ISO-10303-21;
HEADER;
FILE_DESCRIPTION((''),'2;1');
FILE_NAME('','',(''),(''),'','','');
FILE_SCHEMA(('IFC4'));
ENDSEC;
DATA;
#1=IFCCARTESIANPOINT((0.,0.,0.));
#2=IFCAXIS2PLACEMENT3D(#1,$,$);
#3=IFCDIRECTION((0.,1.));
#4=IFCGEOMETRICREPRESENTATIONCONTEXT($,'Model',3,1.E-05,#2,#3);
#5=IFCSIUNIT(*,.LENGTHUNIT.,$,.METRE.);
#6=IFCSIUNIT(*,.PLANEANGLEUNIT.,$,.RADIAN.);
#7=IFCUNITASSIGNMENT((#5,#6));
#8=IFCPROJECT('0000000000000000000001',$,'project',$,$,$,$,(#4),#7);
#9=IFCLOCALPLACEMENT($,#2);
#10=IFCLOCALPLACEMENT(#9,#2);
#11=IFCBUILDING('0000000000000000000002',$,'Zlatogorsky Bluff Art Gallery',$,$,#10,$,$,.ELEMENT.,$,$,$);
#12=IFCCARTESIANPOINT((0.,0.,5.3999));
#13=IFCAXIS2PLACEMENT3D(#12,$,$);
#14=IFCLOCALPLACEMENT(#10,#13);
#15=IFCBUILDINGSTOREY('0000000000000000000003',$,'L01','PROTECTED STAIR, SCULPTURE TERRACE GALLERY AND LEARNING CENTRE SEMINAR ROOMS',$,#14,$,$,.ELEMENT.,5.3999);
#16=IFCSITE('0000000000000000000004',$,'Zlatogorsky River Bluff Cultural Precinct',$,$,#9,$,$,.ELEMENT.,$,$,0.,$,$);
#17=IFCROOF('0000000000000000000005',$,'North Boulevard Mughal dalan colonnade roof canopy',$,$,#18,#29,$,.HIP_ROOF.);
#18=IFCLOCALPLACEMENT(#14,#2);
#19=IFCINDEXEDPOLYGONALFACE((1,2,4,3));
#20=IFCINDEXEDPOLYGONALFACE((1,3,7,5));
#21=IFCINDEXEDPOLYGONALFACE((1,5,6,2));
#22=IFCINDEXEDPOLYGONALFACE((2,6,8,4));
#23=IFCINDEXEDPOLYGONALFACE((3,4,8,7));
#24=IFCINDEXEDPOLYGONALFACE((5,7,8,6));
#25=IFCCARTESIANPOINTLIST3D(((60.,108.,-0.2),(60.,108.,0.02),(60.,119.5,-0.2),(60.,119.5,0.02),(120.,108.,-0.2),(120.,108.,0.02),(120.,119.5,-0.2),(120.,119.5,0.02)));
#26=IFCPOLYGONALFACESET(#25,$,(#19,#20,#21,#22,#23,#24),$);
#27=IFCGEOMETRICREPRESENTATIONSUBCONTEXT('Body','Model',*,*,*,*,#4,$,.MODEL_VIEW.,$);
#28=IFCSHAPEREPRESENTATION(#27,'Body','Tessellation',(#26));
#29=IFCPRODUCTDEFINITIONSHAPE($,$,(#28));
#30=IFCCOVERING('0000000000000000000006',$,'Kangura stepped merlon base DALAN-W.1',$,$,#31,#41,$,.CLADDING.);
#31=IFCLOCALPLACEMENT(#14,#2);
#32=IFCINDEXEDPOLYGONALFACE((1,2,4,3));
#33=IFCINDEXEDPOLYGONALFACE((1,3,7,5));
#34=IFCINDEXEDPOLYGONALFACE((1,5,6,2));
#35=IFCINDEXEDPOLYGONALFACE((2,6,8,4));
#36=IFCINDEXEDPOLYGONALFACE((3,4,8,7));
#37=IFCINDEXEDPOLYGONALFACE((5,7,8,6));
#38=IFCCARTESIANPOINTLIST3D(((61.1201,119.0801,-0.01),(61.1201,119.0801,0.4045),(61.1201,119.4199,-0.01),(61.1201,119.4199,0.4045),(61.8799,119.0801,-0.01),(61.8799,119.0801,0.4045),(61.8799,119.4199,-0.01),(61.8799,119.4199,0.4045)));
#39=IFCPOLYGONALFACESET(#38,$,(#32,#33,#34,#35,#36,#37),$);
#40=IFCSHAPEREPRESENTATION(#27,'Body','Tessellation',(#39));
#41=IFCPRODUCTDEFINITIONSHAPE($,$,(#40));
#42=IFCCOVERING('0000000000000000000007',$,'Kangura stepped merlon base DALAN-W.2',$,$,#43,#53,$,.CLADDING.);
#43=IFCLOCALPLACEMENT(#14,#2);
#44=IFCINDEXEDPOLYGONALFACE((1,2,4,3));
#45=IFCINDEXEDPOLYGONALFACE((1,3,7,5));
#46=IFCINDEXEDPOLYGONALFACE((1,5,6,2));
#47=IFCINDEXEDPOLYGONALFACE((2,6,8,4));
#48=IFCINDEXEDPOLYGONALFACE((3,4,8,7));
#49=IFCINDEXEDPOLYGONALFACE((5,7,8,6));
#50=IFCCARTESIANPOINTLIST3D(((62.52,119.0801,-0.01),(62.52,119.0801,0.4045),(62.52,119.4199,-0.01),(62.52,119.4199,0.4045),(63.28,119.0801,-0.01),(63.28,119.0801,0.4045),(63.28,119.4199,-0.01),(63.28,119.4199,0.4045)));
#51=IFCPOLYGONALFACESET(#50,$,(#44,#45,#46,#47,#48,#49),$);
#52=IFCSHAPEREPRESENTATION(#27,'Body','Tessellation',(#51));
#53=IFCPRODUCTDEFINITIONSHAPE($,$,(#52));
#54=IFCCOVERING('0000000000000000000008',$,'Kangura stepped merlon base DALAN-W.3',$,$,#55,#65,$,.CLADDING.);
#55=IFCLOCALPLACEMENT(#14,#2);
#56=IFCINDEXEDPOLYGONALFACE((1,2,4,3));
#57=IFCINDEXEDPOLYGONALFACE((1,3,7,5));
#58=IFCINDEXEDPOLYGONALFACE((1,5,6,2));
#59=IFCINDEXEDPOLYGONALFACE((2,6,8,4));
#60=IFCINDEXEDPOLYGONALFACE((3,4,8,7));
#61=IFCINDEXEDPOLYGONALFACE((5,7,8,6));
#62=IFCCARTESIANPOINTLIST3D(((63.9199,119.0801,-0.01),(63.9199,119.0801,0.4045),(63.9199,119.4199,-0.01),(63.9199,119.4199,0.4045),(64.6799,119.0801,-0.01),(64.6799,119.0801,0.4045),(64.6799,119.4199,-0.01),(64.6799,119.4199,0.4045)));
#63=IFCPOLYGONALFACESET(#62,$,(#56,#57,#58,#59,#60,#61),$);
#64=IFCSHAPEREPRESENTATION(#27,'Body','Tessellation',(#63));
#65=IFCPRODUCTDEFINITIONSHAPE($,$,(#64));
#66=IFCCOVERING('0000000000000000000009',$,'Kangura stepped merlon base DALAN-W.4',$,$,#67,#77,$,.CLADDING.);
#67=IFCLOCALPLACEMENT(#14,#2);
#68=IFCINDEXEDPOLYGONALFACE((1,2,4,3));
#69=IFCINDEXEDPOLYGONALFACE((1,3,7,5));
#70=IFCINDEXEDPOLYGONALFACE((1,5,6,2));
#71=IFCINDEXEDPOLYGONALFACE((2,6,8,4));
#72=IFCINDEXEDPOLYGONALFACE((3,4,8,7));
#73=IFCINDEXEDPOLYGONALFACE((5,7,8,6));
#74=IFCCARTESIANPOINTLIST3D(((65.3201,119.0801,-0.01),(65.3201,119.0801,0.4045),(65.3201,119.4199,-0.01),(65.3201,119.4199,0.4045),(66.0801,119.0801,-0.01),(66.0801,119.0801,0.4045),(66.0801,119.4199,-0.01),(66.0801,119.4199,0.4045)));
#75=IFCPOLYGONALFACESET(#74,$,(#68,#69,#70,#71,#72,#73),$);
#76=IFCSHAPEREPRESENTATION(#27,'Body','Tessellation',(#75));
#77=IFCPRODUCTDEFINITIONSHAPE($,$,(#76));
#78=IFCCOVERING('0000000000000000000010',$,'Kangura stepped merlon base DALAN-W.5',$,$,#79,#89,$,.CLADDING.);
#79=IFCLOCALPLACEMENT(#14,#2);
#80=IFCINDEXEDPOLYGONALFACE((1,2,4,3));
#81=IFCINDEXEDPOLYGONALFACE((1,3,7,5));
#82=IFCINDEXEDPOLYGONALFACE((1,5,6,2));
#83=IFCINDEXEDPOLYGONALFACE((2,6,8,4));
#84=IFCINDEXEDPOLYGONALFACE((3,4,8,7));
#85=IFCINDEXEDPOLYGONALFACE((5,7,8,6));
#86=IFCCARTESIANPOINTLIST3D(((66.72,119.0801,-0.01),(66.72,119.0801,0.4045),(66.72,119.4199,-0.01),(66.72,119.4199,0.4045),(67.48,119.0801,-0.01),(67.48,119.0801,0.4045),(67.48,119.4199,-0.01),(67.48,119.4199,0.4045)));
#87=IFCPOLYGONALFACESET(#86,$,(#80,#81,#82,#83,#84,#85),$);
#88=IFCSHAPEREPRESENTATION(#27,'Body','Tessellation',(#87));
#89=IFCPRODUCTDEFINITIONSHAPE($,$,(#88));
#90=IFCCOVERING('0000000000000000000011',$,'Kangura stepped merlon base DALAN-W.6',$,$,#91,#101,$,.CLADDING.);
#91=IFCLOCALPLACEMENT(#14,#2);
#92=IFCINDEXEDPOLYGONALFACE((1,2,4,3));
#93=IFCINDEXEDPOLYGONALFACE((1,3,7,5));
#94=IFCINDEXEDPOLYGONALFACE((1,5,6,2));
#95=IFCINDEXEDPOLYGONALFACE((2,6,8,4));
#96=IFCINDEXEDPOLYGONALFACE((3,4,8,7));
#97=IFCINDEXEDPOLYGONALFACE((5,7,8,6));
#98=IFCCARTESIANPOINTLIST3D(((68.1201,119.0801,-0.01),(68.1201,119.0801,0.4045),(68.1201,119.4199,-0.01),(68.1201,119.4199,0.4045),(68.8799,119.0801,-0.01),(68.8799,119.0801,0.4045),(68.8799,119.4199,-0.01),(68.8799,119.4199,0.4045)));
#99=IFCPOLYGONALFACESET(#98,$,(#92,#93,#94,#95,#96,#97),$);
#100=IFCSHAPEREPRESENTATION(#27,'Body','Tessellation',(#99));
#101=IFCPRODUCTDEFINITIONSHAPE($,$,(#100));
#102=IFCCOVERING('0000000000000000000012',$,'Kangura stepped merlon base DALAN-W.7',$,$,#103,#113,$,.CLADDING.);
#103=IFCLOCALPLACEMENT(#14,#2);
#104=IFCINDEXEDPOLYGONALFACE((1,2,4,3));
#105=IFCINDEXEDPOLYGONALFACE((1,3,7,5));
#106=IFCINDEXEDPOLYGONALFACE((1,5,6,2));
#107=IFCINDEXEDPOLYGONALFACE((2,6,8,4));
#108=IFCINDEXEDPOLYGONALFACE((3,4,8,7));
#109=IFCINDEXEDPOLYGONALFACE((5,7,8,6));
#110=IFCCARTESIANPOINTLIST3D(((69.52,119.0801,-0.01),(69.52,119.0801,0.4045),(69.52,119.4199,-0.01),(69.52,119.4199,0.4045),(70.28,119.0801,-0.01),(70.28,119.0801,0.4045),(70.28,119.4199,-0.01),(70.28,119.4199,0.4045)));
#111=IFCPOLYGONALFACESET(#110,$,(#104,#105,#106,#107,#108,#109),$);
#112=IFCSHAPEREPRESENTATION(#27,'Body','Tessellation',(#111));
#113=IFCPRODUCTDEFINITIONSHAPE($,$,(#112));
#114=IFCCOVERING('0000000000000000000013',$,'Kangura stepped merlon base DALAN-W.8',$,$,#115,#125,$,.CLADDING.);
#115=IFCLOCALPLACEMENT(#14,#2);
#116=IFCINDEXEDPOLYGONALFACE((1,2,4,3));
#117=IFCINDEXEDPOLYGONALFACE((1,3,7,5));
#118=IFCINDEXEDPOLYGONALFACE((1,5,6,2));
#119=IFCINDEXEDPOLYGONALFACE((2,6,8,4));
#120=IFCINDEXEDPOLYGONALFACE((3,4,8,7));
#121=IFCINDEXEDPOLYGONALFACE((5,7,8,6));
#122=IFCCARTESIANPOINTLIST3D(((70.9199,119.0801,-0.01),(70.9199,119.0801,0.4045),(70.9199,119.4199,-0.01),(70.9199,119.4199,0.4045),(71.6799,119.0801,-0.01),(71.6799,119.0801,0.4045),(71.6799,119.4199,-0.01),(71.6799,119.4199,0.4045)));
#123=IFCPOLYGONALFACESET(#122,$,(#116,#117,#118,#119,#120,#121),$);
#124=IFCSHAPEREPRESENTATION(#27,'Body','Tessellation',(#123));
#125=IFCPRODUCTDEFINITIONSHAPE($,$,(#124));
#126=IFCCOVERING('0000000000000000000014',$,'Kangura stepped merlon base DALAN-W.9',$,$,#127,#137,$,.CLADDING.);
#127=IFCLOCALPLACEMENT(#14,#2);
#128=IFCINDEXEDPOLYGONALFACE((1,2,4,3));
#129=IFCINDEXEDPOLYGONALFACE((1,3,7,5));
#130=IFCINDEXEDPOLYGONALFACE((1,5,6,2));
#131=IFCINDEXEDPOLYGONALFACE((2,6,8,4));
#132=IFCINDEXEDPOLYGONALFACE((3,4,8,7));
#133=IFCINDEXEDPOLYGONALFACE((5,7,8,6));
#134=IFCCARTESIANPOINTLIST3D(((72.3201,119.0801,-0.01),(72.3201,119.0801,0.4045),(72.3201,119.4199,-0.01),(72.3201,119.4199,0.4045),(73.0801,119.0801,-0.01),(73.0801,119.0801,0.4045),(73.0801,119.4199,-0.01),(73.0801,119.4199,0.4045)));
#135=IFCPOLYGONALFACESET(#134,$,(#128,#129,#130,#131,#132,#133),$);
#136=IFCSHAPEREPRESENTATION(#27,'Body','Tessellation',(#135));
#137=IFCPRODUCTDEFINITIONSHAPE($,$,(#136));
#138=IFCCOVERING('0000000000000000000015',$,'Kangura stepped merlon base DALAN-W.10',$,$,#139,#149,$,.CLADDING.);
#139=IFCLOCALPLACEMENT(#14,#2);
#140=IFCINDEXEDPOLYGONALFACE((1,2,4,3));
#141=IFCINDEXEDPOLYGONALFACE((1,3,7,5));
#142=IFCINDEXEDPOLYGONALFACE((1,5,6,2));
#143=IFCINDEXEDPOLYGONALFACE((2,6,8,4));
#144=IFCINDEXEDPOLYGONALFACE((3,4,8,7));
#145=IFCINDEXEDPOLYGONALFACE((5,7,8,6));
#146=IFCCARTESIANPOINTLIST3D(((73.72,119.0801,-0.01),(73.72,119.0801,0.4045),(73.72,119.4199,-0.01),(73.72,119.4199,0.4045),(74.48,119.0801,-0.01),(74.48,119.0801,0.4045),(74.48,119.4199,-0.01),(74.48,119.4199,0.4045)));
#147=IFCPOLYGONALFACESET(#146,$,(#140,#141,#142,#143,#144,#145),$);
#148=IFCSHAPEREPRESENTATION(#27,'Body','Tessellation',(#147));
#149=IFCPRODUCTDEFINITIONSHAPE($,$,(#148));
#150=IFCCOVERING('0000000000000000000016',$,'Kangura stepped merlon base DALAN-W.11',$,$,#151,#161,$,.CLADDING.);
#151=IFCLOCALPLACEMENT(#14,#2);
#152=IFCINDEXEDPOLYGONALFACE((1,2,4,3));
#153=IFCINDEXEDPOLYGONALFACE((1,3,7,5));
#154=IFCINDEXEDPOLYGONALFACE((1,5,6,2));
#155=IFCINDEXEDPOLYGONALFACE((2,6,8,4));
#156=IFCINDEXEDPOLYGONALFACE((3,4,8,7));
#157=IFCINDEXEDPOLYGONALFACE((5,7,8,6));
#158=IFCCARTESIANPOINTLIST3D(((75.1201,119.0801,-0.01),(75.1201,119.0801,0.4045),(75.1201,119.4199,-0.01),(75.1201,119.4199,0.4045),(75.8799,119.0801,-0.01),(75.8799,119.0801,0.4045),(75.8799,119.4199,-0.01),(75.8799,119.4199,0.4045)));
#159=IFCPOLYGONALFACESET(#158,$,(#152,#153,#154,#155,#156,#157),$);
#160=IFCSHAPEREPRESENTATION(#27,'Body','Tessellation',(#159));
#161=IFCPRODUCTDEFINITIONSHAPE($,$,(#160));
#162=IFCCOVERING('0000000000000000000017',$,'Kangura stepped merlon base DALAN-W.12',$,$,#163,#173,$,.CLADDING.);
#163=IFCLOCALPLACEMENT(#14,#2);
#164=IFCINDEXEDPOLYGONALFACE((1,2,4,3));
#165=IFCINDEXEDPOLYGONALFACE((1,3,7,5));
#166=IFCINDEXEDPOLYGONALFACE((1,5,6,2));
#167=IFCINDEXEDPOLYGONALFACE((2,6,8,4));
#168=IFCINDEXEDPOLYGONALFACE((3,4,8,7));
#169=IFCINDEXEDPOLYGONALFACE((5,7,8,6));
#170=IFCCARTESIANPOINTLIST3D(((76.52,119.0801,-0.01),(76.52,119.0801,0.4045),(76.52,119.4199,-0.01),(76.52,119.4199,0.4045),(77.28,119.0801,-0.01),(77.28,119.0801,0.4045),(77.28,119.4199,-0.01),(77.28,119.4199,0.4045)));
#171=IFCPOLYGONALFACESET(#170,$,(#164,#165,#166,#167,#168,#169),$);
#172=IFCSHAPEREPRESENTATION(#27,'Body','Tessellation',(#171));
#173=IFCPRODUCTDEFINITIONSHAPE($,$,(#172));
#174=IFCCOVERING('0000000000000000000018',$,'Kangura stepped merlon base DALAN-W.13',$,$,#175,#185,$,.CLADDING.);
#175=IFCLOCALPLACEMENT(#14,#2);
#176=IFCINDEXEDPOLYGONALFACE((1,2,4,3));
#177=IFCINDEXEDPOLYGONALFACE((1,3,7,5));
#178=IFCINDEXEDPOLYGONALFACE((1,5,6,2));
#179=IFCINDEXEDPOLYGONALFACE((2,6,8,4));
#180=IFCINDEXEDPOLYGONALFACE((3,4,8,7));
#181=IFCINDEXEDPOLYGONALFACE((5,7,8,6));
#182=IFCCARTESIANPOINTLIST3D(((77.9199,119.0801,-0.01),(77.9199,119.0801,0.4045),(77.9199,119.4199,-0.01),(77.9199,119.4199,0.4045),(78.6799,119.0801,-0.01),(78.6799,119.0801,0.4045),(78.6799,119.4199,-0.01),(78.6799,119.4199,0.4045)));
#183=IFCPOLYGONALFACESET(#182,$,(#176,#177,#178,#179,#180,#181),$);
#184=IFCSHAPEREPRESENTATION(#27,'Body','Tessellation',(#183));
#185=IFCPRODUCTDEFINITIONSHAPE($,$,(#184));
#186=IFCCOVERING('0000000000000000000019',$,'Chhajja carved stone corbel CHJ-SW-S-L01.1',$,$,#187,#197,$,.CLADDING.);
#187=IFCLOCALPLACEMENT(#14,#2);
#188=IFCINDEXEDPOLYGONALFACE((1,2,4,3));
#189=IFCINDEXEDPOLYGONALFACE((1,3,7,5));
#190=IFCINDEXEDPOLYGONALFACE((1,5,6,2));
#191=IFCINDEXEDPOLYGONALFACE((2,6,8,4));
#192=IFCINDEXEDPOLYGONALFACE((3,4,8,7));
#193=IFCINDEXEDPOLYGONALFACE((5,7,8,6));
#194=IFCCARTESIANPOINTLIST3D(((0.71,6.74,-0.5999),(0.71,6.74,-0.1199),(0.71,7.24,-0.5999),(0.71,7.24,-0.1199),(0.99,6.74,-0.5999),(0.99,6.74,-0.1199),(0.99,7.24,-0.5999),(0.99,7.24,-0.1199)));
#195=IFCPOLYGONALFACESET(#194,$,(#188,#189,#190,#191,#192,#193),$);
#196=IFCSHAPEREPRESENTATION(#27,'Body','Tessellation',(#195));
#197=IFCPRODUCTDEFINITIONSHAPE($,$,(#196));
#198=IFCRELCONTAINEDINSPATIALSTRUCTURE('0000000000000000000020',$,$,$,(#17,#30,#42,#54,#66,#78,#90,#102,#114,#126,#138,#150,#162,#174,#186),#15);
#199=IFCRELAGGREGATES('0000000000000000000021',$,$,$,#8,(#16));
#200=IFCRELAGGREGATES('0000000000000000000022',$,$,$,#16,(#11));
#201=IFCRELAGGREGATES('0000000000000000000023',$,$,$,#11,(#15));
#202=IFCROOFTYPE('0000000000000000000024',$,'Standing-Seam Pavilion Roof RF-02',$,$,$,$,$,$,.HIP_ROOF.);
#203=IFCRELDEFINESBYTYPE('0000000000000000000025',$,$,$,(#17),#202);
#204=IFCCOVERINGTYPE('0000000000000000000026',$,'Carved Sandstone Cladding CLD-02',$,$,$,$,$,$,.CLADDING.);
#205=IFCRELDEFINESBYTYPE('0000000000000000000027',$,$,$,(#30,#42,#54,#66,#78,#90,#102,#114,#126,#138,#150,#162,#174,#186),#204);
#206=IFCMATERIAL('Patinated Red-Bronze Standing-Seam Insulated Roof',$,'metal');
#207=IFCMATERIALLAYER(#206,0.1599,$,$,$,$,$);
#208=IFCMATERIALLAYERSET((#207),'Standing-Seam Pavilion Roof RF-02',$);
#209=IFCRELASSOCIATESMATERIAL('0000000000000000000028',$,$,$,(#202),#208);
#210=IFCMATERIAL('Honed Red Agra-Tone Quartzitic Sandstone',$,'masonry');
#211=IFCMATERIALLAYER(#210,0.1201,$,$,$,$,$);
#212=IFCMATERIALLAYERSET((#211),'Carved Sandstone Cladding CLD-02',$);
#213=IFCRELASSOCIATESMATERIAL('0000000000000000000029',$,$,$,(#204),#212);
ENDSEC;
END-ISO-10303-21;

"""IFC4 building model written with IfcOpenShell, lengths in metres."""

from ifc_helpers import new_model, si_unit, direction, frame, origin, place, context, subcontext, project, spatial, polyline, outline, extrude, material, layer, layer_set, type_object, element, save


model = new_model("IFC4")

# Units and contexts
model_context = context("Model", 3, precision=1e-05, world=origin(), true_north=direction((0.0, 1.0)))
body_context = subcontext(model_context, "Body", "Model", "MODEL_VIEW")
ifc_project = project(units=[si_unit("LENGTHUNIT", "METRE"), si_unit("PLANEANGLEUNIT", "RADIAN")], contexts=[model_context])

# Site, building, storey
site_placement = place(None, origin())
site = spatial("IfcSite", under=ifc_project, at=site_placement, Name="Zlatogorsky River Bluff Cultural Precinct", CompositionType="ELEMENT", RefElevation=0.0)
building_placement = place(site_placement, origin())
building = spatial("IfcBuilding", under=site, at=building_placement, Name="Zlatogorsky Bluff Art Gallery", CompositionType="ELEMENT")
storey_placement = place(building_placement, frame((0.0, 0.0, 5.3999)))
storey = spatial("IfcBuildingStorey", under=building, at=storey_placement, Name="L01", Description="PROTECTED STAIR, SCULPTURE TERRACE GALLERY AND LEARNING CENTRE SEMINAR ROOMS", CompositionType="ELEMENT", Elevation=5.3999)

# Roof
ifc_material_1 = material(Name="Patinated Red-Bronze Standing-Seam Insulated Roof", Category="metal")
ifc_layer_1 = layer(ifc_material_1, 0.1599)
ifc_layer_set_1 = layer_set([ifc_layer_1], Name="Standing-Seam Pavilion Roof RF-02")
roof_type = type_object("IfcRoofType", Name="Standing-Seam Pavilion Roof RF-02", PredefinedType="HIP_ROOF", material=ifc_layer_set_1)
roof_placement = place(storey_placement, frame((0.0, 0.0, -0.2)))
element("IfcRoof", 1, at=roof_placement, inside=storey, type_object=roof_type, Name="North Boulevard Mughal dalan colonnade roof canopy", PredefinedType="HIP_ROOF", context=body_context, shape_type="SweptSolid", body=[
    extrude(outline(polyline([(60.0, 108.0), (120.0, 108.0), (120.0, 119.5), (60.0, 119.5), (60.0, 108.0)])), origin(), (0.0, 0.0, 1.0), 0.22),
])

# Coverings
ifc_material_2 = material(Name="Honed Red Agra-Tone Quartzitic Sandstone", Category="masonry")
ifc_layer_2 = layer(ifc_material_2, 0.1201)
ifc_layer_set_2 = layer_set([ifc_layer_2], Name="Carved Sandstone Cladding CLD-02")
covering_type = type_object("IfcCoveringType", Name="Carved Sandstone Cladding CLD-02", PredefinedType="CLADDING", material=ifc_layer_set_2)
covering_1_placement = place(storey_placement, frame((0.0, 0.0, -0.01)))
element("IfcCovering", 2, at=covering_1_placement, inside=storey, type_object=covering_type, Name="Kangura stepped merlon base DALAN-W.1", PredefinedType="CLADDING", context=body_context, shape_type="SweptSolid", body=[
    extrude(outline(polyline([(61.1201, 119.0801), (61.8799, 119.0801), (61.8799, 119.4199), (61.1201, 119.4199), (61.1201, 119.0801)])), origin(), (0.0, 0.0, 1.0), 0.4146),
])
covering_2_placement = place(storey_placement, frame((0.0, 0.0, -0.01)))
element("IfcCovering", 3, at=covering_2_placement, inside=storey, type_object=covering_type, Name="Kangura stepped merlon base DALAN-W.2", PredefinedType="CLADDING", context=body_context, shape_type="SweptSolid", body=[
    extrude(outline(polyline([(62.52, 119.0801), (63.28, 119.0801), (63.28, 119.4199), (62.52, 119.4199), (62.52, 119.0801)])), origin(), (0.0, 0.0, 1.0), 0.4146),
])
covering_3_placement = place(storey_placement, frame((0.0, 0.0, -0.01)))
element("IfcCovering", 4, at=covering_3_placement, inside=storey, type_object=covering_type, Name="Kangura stepped merlon base DALAN-W.3", PredefinedType="CLADDING", context=body_context, shape_type="SweptSolid", body=[
    extrude(outline(polyline([(63.9199, 119.0801), (64.6799, 119.0801), (64.6799, 119.4199), (63.9199, 119.4199), (63.9199, 119.0801)])), origin(), (0.0, 0.0, 1.0), 0.4146),
])
covering_4_placement = place(storey_placement, frame((0.0, 0.0, -0.01)))
element("IfcCovering", 5, at=covering_4_placement, inside=storey, type_object=covering_type, Name="Kangura stepped merlon base DALAN-W.4", PredefinedType="CLADDING", context=body_context, shape_type="SweptSolid", body=[
    extrude(outline(polyline([(65.3201, 119.0801), (66.0801, 119.0801), (66.0801, 119.4199), (65.3201, 119.4199), (65.3201, 119.0801)])), origin(), (0.0, 0.0, 1.0), 0.4146),
])
covering_5_placement = place(storey_placement, frame((0.0, 0.0, -0.01)))
element("IfcCovering", 6, at=covering_5_placement, inside=storey, type_object=covering_type, Name="Kangura stepped merlon base DALAN-W.5", PredefinedType="CLADDING", context=body_context, shape_type="SweptSolid", body=[
    extrude(outline(polyline([(66.72, 119.0801), (67.48, 119.0801), (67.48, 119.4199), (66.72, 119.4199), (66.72, 119.0801)])), origin(), (0.0, 0.0, 1.0), 0.4146),
])
covering_6_placement = place(storey_placement, frame((0.0, 0.0, -0.01)))
element("IfcCovering", 7, at=covering_6_placement, inside=storey, type_object=covering_type, Name="Kangura stepped merlon base DALAN-W.6", PredefinedType="CLADDING", context=body_context, shape_type="SweptSolid", body=[
    extrude(outline(polyline([(68.1201, 119.0801), (68.8799, 119.0801), (68.8799, 119.4199), (68.1201, 119.4199), (68.1201, 119.0801)])), origin(), (0.0, 0.0, 1.0), 0.4146),
])
covering_7_placement = place(storey_placement, frame((0.0, 0.0, -0.01)))
element("IfcCovering", 8, at=covering_7_placement, inside=storey, type_object=covering_type, Name="Kangura stepped merlon base DALAN-W.7", PredefinedType="CLADDING", context=body_context, shape_type="SweptSolid", body=[
    extrude(outline(polyline([(69.52, 119.0801), (70.28, 119.0801), (70.28, 119.4199), (69.52, 119.4199), (69.52, 119.0801)])), origin(), (0.0, 0.0, 1.0), 0.4146),
])
covering_8_placement = place(storey_placement, frame((0.0, 0.0, -0.01)))
element("IfcCovering", 9, at=covering_8_placement, inside=storey, type_object=covering_type, Name="Kangura stepped merlon base DALAN-W.8", PredefinedType="CLADDING", context=body_context, shape_type="SweptSolid", body=[
    extrude(outline(polyline([(70.9199, 119.0801), (71.6799, 119.0801), (71.6799, 119.4199), (70.9199, 119.4199), (70.9199, 119.0801)])), origin(), (0.0, 0.0, 1.0), 0.4146),
])
covering_9_placement = place(storey_placement, frame((0.0, 0.0, -0.01)))
element("IfcCovering", 10, at=covering_9_placement, inside=storey, type_object=covering_type, Name="Kangura stepped merlon base DALAN-W.9", PredefinedType="CLADDING", context=body_context, shape_type="SweptSolid", body=[
    extrude(outline(polyline([(72.3201, 119.0801), (73.0801, 119.0801), (73.0801, 119.4199), (72.3201, 119.4199), (72.3201, 119.0801)])), origin(), (0.0, 0.0, 1.0), 0.4146),
])
covering_10_placement = place(storey_placement, frame((0.0, 0.0, -0.01)))
element("IfcCovering", 11, at=covering_10_placement, inside=storey, type_object=covering_type, Name="Kangura stepped merlon base DALAN-W.10", PredefinedType="CLADDING", context=body_context, shape_type="SweptSolid", body=[
    extrude(outline(polyline([(73.72, 119.0801), (74.48, 119.0801), (74.48, 119.4199), (73.72, 119.4199), (73.72, 119.0801)])), origin(), (0.0, 0.0, 1.0), 0.4146),
])
covering_11_placement = place(storey_placement, frame((0.0, 0.0, -0.01)))
element("IfcCovering", 12, at=covering_11_placement, inside=storey, type_object=covering_type, Name="Kangura stepped merlon base DALAN-W.11", PredefinedType="CLADDING", context=body_context, shape_type="SweptSolid", body=[
    extrude(outline(polyline([(75.1201, 119.0801), (75.8799, 119.0801), (75.8799, 119.4199), (75.1201, 119.4199), (75.1201, 119.0801)])), origin(), (0.0, 0.0, 1.0), 0.4146),
])
covering_12_placement = place(storey_placement, frame((0.0, 0.0, -0.01)))
element("IfcCovering", 13, at=covering_12_placement, inside=storey, type_object=covering_type, Name="Kangura stepped merlon base DALAN-W.12", PredefinedType="CLADDING", context=body_context, shape_type="SweptSolid", body=[
    extrude(outline(polyline([(76.52, 119.0801), (77.28, 119.0801), (77.28, 119.4199), (76.52, 119.4199), (76.52, 119.0801)])), origin(), (0.0, 0.0, 1.0), 0.4146),
])
covering_13_placement = place(storey_placement, frame((0.0, 0.0, -0.01)))
element("IfcCovering", 14, at=covering_13_placement, inside=storey, type_object=covering_type, Name="Kangura stepped merlon base DALAN-W.13", PredefinedType="CLADDING", context=body_context, shape_type="SweptSolid", body=[
    extrude(outline(polyline([(77.9199, 119.0801), (78.6799, 119.0801), (78.6799, 119.4199), (77.9199, 119.4199), (77.9199, 119.0801)])), origin(), (0.0, 0.0, 1.0), 0.4146),
])
covering_14_placement = place(storey_placement, frame((0.0, 0.0, -0.5999)))
element("IfcCovering", 15, at=covering_14_placement, inside=storey, type_object=covering_type, Name="Chhajja carved stone corbel CHJ-SW-S-L01.1", PredefinedType="CLADDING", context=body_context, shape_type="SweptSolid", body=[
    extrude(outline(polyline([(0.71, 6.74), (0.99, 6.74), (0.99, 7.24), (0.71, 7.24), (0.71, 6.74)])), origin(), (0.0, 0.0, 1.0), 0.48),
])

save(model, "model.ifc")
